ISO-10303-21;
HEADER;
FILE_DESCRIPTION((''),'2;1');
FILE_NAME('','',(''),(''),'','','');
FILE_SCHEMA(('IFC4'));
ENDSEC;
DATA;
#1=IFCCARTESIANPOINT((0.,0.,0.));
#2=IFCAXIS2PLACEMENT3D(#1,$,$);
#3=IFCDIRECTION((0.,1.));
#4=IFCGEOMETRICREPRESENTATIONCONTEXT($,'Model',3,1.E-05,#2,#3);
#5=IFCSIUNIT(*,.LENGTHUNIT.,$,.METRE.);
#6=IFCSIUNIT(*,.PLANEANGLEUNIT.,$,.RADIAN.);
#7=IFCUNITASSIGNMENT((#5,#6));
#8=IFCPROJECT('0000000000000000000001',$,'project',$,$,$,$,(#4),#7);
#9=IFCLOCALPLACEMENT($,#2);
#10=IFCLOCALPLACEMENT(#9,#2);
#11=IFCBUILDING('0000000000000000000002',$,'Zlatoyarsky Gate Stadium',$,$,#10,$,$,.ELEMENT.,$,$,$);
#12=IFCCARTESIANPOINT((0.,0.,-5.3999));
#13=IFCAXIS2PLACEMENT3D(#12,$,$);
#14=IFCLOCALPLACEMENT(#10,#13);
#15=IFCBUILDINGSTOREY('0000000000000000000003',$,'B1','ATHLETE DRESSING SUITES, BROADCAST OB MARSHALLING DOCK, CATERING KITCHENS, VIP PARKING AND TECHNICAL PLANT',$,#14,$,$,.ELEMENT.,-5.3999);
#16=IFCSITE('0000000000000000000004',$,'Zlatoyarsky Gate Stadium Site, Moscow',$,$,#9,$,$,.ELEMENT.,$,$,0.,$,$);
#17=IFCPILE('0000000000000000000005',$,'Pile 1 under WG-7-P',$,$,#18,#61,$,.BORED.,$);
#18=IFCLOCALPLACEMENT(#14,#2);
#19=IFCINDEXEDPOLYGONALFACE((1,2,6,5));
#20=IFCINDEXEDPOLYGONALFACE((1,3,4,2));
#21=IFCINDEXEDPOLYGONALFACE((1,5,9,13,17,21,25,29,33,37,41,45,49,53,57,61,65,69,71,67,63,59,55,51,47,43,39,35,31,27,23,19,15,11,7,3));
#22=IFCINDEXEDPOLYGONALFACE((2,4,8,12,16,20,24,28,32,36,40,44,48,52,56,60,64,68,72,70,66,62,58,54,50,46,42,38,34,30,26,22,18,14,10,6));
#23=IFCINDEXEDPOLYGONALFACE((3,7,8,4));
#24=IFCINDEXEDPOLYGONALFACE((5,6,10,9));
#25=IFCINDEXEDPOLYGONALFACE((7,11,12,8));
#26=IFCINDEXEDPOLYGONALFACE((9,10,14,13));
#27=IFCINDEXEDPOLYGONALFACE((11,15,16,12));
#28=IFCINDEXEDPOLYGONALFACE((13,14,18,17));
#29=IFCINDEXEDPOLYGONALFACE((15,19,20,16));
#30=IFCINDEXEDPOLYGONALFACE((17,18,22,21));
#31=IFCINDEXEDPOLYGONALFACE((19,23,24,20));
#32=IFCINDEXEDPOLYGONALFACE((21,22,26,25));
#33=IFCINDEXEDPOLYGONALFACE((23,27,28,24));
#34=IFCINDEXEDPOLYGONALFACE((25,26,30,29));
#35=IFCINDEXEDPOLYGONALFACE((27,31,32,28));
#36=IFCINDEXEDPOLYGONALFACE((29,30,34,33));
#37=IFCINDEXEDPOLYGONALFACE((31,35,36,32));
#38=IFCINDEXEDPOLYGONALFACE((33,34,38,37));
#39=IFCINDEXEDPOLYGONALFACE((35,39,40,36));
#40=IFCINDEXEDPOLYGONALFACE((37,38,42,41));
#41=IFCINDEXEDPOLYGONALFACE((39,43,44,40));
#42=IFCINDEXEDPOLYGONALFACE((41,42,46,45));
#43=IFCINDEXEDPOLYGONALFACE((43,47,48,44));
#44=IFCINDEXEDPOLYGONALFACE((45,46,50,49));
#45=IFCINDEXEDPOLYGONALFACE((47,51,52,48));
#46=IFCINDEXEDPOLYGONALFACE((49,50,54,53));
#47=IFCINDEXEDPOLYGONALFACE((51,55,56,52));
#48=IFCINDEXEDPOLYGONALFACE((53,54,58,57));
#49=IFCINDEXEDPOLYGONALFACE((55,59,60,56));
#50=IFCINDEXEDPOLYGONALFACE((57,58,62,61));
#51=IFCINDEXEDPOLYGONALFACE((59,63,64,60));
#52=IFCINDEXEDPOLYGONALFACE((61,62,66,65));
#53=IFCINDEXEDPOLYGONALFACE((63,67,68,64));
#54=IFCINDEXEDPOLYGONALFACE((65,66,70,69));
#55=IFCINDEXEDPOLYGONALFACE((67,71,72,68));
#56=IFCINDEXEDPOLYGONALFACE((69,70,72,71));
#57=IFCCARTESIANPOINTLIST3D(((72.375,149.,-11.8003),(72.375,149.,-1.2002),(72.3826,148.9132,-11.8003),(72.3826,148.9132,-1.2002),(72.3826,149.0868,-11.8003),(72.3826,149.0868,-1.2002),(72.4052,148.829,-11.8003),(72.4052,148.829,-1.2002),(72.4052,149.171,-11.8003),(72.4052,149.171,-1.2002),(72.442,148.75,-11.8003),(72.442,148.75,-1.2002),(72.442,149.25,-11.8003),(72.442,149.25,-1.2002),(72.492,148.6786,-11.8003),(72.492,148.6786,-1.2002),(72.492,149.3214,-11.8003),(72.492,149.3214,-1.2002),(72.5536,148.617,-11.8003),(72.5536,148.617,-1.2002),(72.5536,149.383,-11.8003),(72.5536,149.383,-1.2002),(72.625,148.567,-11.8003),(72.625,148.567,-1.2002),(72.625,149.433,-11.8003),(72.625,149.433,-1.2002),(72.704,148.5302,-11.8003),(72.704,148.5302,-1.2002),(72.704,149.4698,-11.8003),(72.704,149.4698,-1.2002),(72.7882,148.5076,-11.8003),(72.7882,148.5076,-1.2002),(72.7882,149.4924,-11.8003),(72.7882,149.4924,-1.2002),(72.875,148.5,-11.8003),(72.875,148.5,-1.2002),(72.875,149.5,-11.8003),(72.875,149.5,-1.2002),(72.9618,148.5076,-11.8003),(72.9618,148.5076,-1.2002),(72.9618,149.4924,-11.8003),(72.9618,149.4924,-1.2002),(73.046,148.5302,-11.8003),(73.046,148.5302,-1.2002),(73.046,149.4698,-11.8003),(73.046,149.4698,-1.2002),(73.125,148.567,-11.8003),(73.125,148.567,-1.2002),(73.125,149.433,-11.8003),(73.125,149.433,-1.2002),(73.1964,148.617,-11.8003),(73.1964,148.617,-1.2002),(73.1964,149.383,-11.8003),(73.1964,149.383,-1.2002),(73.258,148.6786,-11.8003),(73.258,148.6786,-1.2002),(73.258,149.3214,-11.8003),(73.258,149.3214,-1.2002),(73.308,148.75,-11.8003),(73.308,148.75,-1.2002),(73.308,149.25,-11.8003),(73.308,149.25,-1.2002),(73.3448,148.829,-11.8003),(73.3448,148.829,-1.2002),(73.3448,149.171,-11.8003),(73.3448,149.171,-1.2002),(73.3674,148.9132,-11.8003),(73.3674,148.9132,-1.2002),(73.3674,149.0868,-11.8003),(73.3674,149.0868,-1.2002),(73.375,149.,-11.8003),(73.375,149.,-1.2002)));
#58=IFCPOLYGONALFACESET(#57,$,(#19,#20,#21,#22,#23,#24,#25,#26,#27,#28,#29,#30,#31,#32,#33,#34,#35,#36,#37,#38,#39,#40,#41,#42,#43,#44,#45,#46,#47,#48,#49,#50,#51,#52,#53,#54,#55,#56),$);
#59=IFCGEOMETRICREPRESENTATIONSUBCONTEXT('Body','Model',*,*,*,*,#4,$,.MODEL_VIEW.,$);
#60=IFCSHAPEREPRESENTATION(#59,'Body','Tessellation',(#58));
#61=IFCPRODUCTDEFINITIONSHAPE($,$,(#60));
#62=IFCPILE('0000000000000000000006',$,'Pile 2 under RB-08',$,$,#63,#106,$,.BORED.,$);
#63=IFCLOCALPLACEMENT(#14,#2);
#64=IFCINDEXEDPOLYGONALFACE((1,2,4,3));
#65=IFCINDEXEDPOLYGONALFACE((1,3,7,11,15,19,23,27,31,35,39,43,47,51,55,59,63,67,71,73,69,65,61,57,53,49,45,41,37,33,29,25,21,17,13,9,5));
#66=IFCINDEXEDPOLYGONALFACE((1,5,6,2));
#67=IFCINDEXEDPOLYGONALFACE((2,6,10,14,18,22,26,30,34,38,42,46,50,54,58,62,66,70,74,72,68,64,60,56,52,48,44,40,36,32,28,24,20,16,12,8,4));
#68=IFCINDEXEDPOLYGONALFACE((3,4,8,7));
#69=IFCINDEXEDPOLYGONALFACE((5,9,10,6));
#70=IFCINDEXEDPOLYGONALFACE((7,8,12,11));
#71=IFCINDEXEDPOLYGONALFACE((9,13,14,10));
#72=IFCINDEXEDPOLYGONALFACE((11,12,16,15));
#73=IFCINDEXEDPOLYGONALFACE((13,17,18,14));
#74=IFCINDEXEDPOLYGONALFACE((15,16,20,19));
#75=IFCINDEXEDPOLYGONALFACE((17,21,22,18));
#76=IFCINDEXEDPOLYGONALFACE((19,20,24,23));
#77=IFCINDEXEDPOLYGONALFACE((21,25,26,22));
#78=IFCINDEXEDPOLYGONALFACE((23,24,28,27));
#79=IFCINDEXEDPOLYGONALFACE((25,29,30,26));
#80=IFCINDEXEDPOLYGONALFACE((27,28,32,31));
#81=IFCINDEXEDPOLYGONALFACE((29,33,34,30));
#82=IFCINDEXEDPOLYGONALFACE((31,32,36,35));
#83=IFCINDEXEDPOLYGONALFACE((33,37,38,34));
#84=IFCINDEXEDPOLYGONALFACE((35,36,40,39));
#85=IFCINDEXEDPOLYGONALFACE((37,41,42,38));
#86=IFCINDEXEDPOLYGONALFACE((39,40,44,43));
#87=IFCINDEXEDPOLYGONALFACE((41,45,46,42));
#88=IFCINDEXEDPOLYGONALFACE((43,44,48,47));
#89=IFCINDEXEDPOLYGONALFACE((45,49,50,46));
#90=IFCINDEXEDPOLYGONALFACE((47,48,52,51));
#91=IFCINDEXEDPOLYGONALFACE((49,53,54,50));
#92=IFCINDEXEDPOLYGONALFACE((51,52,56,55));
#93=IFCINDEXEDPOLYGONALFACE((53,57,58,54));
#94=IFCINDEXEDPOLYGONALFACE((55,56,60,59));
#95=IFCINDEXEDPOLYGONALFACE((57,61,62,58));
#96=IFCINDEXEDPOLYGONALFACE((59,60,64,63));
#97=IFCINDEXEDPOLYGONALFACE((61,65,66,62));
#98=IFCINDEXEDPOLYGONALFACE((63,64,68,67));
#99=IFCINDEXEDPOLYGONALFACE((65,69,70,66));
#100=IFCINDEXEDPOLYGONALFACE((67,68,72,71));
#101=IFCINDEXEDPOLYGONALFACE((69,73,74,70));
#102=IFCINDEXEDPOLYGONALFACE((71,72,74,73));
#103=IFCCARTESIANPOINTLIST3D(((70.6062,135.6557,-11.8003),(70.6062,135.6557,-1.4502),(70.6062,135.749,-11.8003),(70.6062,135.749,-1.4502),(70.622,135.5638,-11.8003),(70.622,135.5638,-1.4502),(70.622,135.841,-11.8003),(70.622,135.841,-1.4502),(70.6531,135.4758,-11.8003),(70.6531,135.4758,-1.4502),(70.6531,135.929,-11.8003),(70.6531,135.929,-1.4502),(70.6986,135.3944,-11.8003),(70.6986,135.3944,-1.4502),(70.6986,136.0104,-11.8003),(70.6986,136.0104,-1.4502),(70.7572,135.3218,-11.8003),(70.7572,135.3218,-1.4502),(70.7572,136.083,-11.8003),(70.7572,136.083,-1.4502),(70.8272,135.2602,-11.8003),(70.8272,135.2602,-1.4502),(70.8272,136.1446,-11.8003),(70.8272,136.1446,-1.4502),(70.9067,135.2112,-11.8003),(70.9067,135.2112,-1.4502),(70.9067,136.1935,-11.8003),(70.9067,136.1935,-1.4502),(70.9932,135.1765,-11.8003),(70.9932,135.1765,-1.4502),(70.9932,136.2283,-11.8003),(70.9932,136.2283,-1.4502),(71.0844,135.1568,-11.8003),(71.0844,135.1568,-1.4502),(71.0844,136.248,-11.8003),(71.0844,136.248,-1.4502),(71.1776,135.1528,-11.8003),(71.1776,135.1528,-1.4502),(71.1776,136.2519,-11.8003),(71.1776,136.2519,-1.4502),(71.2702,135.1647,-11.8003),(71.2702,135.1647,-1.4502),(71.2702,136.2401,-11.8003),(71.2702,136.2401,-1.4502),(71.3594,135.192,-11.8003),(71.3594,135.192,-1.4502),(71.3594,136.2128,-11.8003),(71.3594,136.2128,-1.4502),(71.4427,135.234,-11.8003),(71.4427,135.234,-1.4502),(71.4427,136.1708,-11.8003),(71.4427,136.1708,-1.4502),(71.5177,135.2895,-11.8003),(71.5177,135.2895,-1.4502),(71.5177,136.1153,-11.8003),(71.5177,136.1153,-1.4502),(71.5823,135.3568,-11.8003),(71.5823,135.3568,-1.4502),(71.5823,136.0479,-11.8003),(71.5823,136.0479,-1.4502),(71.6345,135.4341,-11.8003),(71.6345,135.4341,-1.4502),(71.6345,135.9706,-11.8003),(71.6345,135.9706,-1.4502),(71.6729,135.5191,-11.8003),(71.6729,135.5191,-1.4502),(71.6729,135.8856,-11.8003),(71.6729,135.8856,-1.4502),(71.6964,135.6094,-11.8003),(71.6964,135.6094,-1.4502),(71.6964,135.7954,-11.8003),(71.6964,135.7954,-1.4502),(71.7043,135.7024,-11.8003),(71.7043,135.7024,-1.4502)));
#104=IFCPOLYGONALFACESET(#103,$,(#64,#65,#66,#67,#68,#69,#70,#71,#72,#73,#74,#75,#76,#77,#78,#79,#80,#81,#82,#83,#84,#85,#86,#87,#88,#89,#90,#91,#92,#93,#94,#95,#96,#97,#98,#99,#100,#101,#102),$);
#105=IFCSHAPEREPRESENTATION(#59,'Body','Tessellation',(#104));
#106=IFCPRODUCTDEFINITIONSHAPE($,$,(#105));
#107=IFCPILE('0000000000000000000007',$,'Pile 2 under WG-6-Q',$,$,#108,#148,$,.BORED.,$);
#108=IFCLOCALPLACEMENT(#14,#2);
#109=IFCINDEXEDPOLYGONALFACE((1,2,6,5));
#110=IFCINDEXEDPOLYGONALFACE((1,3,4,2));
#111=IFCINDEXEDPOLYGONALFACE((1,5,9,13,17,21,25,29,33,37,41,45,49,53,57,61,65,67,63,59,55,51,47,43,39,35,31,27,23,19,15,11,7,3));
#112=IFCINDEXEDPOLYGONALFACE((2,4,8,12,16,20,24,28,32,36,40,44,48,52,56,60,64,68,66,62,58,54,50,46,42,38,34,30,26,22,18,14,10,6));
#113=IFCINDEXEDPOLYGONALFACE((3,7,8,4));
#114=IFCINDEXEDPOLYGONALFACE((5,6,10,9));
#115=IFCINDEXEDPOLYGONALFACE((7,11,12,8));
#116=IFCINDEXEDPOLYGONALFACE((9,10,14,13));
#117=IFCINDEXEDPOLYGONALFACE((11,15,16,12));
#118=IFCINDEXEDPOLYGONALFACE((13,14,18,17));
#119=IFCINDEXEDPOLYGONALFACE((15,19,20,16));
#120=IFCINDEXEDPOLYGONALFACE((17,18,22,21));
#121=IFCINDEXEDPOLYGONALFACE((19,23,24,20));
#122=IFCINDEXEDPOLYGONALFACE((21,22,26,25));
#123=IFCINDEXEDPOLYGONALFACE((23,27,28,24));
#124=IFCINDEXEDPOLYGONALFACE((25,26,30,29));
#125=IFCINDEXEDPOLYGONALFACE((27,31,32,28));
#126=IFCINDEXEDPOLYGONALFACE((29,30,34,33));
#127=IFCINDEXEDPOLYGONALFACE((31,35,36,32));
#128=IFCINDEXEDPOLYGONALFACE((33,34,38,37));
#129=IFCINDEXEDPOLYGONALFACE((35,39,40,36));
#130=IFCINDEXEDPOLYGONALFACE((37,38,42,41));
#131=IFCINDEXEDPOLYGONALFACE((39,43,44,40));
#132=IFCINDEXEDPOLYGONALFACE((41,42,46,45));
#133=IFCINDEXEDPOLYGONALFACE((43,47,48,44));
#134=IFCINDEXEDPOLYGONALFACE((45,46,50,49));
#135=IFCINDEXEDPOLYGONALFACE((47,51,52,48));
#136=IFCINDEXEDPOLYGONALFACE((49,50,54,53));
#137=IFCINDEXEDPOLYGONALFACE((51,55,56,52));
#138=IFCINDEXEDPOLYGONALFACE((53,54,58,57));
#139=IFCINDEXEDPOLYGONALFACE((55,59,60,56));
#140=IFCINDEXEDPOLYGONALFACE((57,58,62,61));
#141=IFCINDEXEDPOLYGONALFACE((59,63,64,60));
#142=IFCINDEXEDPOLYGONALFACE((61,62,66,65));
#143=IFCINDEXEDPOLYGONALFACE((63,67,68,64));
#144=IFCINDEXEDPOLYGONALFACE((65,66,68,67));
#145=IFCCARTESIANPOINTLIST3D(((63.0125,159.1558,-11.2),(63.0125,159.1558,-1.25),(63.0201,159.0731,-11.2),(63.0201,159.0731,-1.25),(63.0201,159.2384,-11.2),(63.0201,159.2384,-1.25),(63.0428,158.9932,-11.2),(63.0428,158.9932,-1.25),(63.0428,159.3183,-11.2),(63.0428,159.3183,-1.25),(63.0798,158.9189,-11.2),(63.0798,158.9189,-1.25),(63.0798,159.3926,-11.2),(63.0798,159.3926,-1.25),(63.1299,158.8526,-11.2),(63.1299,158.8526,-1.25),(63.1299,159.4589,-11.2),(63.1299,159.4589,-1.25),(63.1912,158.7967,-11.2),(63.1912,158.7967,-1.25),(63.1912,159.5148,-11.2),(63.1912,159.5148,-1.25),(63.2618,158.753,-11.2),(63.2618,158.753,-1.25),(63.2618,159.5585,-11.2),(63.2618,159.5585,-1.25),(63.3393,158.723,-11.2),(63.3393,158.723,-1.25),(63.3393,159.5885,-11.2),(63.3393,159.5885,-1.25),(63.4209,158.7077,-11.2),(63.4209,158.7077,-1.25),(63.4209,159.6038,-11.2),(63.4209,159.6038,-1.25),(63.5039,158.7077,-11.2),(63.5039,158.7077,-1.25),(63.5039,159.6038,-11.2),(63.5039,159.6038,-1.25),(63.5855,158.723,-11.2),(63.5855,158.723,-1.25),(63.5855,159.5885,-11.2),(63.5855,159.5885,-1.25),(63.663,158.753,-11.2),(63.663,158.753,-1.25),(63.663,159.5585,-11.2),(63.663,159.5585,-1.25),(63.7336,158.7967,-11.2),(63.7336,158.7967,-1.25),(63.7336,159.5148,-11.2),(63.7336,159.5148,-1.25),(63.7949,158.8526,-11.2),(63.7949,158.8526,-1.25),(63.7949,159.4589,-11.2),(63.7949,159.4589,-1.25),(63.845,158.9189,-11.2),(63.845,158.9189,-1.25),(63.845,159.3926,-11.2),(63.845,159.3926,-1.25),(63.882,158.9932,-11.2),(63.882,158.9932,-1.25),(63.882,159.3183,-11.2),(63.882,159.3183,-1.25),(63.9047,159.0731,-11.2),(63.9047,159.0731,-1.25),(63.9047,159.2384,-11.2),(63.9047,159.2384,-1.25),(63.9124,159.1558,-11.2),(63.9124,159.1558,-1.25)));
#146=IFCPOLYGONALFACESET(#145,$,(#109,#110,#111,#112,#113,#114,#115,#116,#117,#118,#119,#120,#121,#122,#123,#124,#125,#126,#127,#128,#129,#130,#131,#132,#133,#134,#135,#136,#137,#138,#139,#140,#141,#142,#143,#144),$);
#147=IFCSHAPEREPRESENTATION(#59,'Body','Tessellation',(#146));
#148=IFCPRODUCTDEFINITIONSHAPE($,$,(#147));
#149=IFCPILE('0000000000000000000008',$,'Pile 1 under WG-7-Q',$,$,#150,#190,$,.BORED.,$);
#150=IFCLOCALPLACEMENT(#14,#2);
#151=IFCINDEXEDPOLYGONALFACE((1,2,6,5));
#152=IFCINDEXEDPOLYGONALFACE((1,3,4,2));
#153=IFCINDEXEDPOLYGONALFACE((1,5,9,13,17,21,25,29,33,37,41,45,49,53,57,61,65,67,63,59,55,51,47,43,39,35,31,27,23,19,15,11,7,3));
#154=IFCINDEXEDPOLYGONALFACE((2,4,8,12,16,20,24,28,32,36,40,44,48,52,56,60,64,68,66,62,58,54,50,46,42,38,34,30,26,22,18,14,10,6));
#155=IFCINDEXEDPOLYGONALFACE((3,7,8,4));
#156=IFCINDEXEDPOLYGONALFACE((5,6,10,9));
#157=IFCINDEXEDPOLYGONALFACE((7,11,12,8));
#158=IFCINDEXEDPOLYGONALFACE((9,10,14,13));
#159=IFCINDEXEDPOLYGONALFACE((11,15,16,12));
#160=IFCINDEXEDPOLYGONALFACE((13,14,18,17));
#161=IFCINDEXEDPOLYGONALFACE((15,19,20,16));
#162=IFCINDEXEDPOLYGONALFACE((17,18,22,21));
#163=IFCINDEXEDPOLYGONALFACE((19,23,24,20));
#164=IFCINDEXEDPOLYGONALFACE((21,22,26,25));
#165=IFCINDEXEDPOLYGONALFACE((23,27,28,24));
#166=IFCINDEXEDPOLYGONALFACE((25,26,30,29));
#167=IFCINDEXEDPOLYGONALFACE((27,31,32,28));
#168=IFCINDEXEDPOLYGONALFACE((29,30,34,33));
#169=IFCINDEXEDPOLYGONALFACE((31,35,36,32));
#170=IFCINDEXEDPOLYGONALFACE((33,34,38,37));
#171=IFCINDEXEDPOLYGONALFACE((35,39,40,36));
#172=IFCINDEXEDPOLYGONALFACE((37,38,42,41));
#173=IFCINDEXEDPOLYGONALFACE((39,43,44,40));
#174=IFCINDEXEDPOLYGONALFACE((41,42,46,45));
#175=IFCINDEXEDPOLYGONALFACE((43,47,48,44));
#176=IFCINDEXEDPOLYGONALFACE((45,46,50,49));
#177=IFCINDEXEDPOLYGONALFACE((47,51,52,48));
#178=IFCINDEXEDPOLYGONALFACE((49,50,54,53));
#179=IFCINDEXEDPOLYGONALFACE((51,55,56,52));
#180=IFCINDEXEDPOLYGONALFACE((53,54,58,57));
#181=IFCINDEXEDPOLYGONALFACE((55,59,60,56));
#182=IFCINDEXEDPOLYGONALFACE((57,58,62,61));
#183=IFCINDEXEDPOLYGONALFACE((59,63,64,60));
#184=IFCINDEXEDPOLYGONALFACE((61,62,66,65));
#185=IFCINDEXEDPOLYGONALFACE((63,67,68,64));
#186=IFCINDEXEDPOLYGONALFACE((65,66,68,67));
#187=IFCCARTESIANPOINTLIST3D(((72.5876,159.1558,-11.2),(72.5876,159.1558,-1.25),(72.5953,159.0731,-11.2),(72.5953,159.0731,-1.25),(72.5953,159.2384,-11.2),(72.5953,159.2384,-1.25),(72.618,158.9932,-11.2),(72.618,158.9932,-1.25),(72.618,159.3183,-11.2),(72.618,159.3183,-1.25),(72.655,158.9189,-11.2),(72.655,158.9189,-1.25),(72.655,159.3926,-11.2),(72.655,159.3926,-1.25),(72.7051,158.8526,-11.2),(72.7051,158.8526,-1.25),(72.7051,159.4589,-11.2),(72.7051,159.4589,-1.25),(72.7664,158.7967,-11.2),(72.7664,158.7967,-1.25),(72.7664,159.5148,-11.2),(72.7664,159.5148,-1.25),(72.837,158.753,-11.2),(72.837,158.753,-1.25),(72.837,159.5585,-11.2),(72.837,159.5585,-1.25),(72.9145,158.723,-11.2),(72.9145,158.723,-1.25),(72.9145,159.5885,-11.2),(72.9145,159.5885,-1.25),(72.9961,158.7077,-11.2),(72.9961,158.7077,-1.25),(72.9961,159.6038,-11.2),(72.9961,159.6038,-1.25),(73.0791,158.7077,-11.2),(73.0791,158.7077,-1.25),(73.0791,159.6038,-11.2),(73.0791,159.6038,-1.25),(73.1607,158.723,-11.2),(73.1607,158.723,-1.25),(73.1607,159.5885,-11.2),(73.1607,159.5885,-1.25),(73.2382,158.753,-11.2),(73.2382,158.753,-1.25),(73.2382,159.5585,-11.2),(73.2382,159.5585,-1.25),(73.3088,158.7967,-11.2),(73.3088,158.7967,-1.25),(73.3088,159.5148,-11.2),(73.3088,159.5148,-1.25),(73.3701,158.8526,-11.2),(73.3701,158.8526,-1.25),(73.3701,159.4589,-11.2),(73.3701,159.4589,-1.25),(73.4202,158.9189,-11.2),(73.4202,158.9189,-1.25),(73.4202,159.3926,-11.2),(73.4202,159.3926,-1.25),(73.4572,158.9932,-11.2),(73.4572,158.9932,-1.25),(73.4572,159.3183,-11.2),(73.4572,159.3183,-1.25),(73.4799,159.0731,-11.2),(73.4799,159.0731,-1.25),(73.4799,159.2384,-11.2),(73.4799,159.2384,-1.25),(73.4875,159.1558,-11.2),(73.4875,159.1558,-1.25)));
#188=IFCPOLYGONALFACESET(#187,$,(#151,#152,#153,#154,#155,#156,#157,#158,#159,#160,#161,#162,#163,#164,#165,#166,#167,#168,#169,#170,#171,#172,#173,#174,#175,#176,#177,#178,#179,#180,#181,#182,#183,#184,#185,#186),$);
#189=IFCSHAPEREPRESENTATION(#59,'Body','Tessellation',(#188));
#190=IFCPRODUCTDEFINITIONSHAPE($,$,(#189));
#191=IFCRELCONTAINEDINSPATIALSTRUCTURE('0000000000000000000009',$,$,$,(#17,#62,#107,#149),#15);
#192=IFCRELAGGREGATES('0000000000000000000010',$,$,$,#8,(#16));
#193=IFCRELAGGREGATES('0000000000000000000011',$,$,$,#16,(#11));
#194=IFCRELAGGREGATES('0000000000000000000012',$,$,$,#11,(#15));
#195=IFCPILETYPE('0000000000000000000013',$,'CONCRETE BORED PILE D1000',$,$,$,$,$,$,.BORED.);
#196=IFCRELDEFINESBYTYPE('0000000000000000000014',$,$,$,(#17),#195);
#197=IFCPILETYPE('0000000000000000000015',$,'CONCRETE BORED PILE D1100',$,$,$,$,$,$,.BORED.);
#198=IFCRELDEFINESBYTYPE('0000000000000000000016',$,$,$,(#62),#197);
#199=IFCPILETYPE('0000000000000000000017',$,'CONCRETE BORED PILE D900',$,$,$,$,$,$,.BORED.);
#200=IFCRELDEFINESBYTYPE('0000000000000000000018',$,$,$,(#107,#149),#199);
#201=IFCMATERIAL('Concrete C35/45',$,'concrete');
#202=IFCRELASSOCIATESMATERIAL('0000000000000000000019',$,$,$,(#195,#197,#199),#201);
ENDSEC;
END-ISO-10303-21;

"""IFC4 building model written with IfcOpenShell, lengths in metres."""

from ifc_helpers import new_model, si_unit, direction, frame, origin, origin_2d, place, context, subcontext, project, spatial, circle, extrude, material, material_profile, profile_set, type_object, element, save


model = new_model("IFC4")

# Units and contexts
model_context = context("Model", 3, precision=1e-05, world=origin(), true_north=direction((0.0, 1.0)))
body_context = subcontext(model_context, "Body", "Model", "MODEL_VIEW")
ifc_project = project(units=[si_unit("LENGTHUNIT", "METRE"), si_unit("PLANEANGLEUNIT", "RADIAN")], contexts=[model_context])

# Site, building, storey
site_placement = place(None, origin())
site = spatial("IfcSite", under=ifc_project, at=site_placement, Name="Zlatoyarsky Gate Stadium Site, Moscow", CompositionType="ELEMENT", RefElevation=0.0)
building_placement = place(site_placement, origin())
building = spatial("IfcBuilding", under=site, at=building_placement, Name="Zlatoyarsky Gate Stadium", CompositionType="ELEMENT")
storey_placement = place(building_placement, frame((0.0, 0.0, -5.3999)))
storey = spatial("IfcBuildingStorey", under=building, at=storey_placement, Name="B1", Description="ATHLETE DRESSING SUITES, BROADCAST OB MARSHALLING DOCK, CATERING KITCHENS, VIP PARKING AND TECHNICAL PLANT", CompositionType="ELEMENT", Elevation=-5.3999)

# Piles
ifc_material_1 = material(Name="Concrete C35/45", Category="concrete")
ifc_material_profile_1 = material_profile(ifc_material_1, circle(Radius=0.5, at=origin_2d()), Name="BORED PILE D1000")
ifc_profile_set_1 = profile_set([ifc_material_profile_1], Name="Concrete C35/45")
pile_type_1 = type_object("IfcPileType", Name="CONCRETE BORED PILE D1000", PredefinedType="BORED", material=ifc_profile_set_1)
for number, where, z_axis, x_axis, name in (
    (1, (72.875, 149.0, -1.2002), (0.0, 0.0, -1.0), (1.0, 0.0, 0.0), "Pile 1 under WG-7-P"),
):
    element("IfcPile", number, at=place(storey_placement, frame(where, z_axis=z_axis, x_axis=x_axis)), inside=storey, type_object=pile_type_1, Name=name, PredefinedType="BORED", context=body_context, shape_type="SweptSolid", body=[
        extrude(circle(Radius=0.5, at=origin_2d()), origin(), (0.0, 0.0, 1.0), 10.6001),
    ])
ifc_material_profile_2 = material_profile(ifc_material_1, circle(Radius=0.55, at=origin_2d()), Name="BORED PILE D1100")
ifc_profile_set_2 = profile_set([ifc_material_profile_2], Name="Concrete C35/45")
pile_type_2 = type_object("IfcPileType", Name="CONCRETE BORED PILE D1100", PredefinedType="BORED", material=ifc_profile_set_2)
pile_placement = place(storey_placement, frame((71.1543, 135.7024, -1.4502), z_axis=(0.0, 0.0, -1.0), x_axis=(1.0, 0.0, 0.0)))
element("IfcPile", 2, at=pile_placement, inside=storey, type_object=pile_type_2, Name="Pile 2 under RB-08", PredefinedType="BORED", context=body_context, shape_type="SweptSolid", body=[
    extrude(circle(Radius=0.55, at=origin_2d()), origin(), (0.0, 0.0, 1.0), 10.3501),
])
ifc_material_profile_3 = material_profile(ifc_material_1, circle(Radius=0.45, at=origin_2d()), Name="BORED PILE D900")
ifc_profile_set_3 = profile_set([ifc_material_profile_3], Name="Concrete C35/45")
pile_type_3 = type_object("IfcPileType", Name="CONCRETE BORED PILE D900", PredefinedType="BORED", material=ifc_profile_set_3)
for number, where, z_axis, x_axis, name in (
    (3, (63.4624, 159.1558, -1.25), (0.0, 0.0, -1.0), (1.0, 0.0, 0.0), "Pile 2 under WG-6-Q"),
    (4, (73.0376, 159.1558, -1.25), (0.0, 0.0, -1.0), (1.0, 0.0, 0.0), "Pile 1 under WG-7-Q"),
):
    element("IfcPile", number, at=place(storey_placement, frame(where, z_axis=z_axis, x_axis=x_axis)), inside=storey, type_object=pile_type_3, Name=name, PredefinedType="BORED", context=body_context, shape_type="SweptSolid", body=[
        extrude(circle(Radius=0.45, at=origin_2d()), origin(), (0.0, 0.0, 1.0), 9.95),
    ])

save(model, "model.ifc")
